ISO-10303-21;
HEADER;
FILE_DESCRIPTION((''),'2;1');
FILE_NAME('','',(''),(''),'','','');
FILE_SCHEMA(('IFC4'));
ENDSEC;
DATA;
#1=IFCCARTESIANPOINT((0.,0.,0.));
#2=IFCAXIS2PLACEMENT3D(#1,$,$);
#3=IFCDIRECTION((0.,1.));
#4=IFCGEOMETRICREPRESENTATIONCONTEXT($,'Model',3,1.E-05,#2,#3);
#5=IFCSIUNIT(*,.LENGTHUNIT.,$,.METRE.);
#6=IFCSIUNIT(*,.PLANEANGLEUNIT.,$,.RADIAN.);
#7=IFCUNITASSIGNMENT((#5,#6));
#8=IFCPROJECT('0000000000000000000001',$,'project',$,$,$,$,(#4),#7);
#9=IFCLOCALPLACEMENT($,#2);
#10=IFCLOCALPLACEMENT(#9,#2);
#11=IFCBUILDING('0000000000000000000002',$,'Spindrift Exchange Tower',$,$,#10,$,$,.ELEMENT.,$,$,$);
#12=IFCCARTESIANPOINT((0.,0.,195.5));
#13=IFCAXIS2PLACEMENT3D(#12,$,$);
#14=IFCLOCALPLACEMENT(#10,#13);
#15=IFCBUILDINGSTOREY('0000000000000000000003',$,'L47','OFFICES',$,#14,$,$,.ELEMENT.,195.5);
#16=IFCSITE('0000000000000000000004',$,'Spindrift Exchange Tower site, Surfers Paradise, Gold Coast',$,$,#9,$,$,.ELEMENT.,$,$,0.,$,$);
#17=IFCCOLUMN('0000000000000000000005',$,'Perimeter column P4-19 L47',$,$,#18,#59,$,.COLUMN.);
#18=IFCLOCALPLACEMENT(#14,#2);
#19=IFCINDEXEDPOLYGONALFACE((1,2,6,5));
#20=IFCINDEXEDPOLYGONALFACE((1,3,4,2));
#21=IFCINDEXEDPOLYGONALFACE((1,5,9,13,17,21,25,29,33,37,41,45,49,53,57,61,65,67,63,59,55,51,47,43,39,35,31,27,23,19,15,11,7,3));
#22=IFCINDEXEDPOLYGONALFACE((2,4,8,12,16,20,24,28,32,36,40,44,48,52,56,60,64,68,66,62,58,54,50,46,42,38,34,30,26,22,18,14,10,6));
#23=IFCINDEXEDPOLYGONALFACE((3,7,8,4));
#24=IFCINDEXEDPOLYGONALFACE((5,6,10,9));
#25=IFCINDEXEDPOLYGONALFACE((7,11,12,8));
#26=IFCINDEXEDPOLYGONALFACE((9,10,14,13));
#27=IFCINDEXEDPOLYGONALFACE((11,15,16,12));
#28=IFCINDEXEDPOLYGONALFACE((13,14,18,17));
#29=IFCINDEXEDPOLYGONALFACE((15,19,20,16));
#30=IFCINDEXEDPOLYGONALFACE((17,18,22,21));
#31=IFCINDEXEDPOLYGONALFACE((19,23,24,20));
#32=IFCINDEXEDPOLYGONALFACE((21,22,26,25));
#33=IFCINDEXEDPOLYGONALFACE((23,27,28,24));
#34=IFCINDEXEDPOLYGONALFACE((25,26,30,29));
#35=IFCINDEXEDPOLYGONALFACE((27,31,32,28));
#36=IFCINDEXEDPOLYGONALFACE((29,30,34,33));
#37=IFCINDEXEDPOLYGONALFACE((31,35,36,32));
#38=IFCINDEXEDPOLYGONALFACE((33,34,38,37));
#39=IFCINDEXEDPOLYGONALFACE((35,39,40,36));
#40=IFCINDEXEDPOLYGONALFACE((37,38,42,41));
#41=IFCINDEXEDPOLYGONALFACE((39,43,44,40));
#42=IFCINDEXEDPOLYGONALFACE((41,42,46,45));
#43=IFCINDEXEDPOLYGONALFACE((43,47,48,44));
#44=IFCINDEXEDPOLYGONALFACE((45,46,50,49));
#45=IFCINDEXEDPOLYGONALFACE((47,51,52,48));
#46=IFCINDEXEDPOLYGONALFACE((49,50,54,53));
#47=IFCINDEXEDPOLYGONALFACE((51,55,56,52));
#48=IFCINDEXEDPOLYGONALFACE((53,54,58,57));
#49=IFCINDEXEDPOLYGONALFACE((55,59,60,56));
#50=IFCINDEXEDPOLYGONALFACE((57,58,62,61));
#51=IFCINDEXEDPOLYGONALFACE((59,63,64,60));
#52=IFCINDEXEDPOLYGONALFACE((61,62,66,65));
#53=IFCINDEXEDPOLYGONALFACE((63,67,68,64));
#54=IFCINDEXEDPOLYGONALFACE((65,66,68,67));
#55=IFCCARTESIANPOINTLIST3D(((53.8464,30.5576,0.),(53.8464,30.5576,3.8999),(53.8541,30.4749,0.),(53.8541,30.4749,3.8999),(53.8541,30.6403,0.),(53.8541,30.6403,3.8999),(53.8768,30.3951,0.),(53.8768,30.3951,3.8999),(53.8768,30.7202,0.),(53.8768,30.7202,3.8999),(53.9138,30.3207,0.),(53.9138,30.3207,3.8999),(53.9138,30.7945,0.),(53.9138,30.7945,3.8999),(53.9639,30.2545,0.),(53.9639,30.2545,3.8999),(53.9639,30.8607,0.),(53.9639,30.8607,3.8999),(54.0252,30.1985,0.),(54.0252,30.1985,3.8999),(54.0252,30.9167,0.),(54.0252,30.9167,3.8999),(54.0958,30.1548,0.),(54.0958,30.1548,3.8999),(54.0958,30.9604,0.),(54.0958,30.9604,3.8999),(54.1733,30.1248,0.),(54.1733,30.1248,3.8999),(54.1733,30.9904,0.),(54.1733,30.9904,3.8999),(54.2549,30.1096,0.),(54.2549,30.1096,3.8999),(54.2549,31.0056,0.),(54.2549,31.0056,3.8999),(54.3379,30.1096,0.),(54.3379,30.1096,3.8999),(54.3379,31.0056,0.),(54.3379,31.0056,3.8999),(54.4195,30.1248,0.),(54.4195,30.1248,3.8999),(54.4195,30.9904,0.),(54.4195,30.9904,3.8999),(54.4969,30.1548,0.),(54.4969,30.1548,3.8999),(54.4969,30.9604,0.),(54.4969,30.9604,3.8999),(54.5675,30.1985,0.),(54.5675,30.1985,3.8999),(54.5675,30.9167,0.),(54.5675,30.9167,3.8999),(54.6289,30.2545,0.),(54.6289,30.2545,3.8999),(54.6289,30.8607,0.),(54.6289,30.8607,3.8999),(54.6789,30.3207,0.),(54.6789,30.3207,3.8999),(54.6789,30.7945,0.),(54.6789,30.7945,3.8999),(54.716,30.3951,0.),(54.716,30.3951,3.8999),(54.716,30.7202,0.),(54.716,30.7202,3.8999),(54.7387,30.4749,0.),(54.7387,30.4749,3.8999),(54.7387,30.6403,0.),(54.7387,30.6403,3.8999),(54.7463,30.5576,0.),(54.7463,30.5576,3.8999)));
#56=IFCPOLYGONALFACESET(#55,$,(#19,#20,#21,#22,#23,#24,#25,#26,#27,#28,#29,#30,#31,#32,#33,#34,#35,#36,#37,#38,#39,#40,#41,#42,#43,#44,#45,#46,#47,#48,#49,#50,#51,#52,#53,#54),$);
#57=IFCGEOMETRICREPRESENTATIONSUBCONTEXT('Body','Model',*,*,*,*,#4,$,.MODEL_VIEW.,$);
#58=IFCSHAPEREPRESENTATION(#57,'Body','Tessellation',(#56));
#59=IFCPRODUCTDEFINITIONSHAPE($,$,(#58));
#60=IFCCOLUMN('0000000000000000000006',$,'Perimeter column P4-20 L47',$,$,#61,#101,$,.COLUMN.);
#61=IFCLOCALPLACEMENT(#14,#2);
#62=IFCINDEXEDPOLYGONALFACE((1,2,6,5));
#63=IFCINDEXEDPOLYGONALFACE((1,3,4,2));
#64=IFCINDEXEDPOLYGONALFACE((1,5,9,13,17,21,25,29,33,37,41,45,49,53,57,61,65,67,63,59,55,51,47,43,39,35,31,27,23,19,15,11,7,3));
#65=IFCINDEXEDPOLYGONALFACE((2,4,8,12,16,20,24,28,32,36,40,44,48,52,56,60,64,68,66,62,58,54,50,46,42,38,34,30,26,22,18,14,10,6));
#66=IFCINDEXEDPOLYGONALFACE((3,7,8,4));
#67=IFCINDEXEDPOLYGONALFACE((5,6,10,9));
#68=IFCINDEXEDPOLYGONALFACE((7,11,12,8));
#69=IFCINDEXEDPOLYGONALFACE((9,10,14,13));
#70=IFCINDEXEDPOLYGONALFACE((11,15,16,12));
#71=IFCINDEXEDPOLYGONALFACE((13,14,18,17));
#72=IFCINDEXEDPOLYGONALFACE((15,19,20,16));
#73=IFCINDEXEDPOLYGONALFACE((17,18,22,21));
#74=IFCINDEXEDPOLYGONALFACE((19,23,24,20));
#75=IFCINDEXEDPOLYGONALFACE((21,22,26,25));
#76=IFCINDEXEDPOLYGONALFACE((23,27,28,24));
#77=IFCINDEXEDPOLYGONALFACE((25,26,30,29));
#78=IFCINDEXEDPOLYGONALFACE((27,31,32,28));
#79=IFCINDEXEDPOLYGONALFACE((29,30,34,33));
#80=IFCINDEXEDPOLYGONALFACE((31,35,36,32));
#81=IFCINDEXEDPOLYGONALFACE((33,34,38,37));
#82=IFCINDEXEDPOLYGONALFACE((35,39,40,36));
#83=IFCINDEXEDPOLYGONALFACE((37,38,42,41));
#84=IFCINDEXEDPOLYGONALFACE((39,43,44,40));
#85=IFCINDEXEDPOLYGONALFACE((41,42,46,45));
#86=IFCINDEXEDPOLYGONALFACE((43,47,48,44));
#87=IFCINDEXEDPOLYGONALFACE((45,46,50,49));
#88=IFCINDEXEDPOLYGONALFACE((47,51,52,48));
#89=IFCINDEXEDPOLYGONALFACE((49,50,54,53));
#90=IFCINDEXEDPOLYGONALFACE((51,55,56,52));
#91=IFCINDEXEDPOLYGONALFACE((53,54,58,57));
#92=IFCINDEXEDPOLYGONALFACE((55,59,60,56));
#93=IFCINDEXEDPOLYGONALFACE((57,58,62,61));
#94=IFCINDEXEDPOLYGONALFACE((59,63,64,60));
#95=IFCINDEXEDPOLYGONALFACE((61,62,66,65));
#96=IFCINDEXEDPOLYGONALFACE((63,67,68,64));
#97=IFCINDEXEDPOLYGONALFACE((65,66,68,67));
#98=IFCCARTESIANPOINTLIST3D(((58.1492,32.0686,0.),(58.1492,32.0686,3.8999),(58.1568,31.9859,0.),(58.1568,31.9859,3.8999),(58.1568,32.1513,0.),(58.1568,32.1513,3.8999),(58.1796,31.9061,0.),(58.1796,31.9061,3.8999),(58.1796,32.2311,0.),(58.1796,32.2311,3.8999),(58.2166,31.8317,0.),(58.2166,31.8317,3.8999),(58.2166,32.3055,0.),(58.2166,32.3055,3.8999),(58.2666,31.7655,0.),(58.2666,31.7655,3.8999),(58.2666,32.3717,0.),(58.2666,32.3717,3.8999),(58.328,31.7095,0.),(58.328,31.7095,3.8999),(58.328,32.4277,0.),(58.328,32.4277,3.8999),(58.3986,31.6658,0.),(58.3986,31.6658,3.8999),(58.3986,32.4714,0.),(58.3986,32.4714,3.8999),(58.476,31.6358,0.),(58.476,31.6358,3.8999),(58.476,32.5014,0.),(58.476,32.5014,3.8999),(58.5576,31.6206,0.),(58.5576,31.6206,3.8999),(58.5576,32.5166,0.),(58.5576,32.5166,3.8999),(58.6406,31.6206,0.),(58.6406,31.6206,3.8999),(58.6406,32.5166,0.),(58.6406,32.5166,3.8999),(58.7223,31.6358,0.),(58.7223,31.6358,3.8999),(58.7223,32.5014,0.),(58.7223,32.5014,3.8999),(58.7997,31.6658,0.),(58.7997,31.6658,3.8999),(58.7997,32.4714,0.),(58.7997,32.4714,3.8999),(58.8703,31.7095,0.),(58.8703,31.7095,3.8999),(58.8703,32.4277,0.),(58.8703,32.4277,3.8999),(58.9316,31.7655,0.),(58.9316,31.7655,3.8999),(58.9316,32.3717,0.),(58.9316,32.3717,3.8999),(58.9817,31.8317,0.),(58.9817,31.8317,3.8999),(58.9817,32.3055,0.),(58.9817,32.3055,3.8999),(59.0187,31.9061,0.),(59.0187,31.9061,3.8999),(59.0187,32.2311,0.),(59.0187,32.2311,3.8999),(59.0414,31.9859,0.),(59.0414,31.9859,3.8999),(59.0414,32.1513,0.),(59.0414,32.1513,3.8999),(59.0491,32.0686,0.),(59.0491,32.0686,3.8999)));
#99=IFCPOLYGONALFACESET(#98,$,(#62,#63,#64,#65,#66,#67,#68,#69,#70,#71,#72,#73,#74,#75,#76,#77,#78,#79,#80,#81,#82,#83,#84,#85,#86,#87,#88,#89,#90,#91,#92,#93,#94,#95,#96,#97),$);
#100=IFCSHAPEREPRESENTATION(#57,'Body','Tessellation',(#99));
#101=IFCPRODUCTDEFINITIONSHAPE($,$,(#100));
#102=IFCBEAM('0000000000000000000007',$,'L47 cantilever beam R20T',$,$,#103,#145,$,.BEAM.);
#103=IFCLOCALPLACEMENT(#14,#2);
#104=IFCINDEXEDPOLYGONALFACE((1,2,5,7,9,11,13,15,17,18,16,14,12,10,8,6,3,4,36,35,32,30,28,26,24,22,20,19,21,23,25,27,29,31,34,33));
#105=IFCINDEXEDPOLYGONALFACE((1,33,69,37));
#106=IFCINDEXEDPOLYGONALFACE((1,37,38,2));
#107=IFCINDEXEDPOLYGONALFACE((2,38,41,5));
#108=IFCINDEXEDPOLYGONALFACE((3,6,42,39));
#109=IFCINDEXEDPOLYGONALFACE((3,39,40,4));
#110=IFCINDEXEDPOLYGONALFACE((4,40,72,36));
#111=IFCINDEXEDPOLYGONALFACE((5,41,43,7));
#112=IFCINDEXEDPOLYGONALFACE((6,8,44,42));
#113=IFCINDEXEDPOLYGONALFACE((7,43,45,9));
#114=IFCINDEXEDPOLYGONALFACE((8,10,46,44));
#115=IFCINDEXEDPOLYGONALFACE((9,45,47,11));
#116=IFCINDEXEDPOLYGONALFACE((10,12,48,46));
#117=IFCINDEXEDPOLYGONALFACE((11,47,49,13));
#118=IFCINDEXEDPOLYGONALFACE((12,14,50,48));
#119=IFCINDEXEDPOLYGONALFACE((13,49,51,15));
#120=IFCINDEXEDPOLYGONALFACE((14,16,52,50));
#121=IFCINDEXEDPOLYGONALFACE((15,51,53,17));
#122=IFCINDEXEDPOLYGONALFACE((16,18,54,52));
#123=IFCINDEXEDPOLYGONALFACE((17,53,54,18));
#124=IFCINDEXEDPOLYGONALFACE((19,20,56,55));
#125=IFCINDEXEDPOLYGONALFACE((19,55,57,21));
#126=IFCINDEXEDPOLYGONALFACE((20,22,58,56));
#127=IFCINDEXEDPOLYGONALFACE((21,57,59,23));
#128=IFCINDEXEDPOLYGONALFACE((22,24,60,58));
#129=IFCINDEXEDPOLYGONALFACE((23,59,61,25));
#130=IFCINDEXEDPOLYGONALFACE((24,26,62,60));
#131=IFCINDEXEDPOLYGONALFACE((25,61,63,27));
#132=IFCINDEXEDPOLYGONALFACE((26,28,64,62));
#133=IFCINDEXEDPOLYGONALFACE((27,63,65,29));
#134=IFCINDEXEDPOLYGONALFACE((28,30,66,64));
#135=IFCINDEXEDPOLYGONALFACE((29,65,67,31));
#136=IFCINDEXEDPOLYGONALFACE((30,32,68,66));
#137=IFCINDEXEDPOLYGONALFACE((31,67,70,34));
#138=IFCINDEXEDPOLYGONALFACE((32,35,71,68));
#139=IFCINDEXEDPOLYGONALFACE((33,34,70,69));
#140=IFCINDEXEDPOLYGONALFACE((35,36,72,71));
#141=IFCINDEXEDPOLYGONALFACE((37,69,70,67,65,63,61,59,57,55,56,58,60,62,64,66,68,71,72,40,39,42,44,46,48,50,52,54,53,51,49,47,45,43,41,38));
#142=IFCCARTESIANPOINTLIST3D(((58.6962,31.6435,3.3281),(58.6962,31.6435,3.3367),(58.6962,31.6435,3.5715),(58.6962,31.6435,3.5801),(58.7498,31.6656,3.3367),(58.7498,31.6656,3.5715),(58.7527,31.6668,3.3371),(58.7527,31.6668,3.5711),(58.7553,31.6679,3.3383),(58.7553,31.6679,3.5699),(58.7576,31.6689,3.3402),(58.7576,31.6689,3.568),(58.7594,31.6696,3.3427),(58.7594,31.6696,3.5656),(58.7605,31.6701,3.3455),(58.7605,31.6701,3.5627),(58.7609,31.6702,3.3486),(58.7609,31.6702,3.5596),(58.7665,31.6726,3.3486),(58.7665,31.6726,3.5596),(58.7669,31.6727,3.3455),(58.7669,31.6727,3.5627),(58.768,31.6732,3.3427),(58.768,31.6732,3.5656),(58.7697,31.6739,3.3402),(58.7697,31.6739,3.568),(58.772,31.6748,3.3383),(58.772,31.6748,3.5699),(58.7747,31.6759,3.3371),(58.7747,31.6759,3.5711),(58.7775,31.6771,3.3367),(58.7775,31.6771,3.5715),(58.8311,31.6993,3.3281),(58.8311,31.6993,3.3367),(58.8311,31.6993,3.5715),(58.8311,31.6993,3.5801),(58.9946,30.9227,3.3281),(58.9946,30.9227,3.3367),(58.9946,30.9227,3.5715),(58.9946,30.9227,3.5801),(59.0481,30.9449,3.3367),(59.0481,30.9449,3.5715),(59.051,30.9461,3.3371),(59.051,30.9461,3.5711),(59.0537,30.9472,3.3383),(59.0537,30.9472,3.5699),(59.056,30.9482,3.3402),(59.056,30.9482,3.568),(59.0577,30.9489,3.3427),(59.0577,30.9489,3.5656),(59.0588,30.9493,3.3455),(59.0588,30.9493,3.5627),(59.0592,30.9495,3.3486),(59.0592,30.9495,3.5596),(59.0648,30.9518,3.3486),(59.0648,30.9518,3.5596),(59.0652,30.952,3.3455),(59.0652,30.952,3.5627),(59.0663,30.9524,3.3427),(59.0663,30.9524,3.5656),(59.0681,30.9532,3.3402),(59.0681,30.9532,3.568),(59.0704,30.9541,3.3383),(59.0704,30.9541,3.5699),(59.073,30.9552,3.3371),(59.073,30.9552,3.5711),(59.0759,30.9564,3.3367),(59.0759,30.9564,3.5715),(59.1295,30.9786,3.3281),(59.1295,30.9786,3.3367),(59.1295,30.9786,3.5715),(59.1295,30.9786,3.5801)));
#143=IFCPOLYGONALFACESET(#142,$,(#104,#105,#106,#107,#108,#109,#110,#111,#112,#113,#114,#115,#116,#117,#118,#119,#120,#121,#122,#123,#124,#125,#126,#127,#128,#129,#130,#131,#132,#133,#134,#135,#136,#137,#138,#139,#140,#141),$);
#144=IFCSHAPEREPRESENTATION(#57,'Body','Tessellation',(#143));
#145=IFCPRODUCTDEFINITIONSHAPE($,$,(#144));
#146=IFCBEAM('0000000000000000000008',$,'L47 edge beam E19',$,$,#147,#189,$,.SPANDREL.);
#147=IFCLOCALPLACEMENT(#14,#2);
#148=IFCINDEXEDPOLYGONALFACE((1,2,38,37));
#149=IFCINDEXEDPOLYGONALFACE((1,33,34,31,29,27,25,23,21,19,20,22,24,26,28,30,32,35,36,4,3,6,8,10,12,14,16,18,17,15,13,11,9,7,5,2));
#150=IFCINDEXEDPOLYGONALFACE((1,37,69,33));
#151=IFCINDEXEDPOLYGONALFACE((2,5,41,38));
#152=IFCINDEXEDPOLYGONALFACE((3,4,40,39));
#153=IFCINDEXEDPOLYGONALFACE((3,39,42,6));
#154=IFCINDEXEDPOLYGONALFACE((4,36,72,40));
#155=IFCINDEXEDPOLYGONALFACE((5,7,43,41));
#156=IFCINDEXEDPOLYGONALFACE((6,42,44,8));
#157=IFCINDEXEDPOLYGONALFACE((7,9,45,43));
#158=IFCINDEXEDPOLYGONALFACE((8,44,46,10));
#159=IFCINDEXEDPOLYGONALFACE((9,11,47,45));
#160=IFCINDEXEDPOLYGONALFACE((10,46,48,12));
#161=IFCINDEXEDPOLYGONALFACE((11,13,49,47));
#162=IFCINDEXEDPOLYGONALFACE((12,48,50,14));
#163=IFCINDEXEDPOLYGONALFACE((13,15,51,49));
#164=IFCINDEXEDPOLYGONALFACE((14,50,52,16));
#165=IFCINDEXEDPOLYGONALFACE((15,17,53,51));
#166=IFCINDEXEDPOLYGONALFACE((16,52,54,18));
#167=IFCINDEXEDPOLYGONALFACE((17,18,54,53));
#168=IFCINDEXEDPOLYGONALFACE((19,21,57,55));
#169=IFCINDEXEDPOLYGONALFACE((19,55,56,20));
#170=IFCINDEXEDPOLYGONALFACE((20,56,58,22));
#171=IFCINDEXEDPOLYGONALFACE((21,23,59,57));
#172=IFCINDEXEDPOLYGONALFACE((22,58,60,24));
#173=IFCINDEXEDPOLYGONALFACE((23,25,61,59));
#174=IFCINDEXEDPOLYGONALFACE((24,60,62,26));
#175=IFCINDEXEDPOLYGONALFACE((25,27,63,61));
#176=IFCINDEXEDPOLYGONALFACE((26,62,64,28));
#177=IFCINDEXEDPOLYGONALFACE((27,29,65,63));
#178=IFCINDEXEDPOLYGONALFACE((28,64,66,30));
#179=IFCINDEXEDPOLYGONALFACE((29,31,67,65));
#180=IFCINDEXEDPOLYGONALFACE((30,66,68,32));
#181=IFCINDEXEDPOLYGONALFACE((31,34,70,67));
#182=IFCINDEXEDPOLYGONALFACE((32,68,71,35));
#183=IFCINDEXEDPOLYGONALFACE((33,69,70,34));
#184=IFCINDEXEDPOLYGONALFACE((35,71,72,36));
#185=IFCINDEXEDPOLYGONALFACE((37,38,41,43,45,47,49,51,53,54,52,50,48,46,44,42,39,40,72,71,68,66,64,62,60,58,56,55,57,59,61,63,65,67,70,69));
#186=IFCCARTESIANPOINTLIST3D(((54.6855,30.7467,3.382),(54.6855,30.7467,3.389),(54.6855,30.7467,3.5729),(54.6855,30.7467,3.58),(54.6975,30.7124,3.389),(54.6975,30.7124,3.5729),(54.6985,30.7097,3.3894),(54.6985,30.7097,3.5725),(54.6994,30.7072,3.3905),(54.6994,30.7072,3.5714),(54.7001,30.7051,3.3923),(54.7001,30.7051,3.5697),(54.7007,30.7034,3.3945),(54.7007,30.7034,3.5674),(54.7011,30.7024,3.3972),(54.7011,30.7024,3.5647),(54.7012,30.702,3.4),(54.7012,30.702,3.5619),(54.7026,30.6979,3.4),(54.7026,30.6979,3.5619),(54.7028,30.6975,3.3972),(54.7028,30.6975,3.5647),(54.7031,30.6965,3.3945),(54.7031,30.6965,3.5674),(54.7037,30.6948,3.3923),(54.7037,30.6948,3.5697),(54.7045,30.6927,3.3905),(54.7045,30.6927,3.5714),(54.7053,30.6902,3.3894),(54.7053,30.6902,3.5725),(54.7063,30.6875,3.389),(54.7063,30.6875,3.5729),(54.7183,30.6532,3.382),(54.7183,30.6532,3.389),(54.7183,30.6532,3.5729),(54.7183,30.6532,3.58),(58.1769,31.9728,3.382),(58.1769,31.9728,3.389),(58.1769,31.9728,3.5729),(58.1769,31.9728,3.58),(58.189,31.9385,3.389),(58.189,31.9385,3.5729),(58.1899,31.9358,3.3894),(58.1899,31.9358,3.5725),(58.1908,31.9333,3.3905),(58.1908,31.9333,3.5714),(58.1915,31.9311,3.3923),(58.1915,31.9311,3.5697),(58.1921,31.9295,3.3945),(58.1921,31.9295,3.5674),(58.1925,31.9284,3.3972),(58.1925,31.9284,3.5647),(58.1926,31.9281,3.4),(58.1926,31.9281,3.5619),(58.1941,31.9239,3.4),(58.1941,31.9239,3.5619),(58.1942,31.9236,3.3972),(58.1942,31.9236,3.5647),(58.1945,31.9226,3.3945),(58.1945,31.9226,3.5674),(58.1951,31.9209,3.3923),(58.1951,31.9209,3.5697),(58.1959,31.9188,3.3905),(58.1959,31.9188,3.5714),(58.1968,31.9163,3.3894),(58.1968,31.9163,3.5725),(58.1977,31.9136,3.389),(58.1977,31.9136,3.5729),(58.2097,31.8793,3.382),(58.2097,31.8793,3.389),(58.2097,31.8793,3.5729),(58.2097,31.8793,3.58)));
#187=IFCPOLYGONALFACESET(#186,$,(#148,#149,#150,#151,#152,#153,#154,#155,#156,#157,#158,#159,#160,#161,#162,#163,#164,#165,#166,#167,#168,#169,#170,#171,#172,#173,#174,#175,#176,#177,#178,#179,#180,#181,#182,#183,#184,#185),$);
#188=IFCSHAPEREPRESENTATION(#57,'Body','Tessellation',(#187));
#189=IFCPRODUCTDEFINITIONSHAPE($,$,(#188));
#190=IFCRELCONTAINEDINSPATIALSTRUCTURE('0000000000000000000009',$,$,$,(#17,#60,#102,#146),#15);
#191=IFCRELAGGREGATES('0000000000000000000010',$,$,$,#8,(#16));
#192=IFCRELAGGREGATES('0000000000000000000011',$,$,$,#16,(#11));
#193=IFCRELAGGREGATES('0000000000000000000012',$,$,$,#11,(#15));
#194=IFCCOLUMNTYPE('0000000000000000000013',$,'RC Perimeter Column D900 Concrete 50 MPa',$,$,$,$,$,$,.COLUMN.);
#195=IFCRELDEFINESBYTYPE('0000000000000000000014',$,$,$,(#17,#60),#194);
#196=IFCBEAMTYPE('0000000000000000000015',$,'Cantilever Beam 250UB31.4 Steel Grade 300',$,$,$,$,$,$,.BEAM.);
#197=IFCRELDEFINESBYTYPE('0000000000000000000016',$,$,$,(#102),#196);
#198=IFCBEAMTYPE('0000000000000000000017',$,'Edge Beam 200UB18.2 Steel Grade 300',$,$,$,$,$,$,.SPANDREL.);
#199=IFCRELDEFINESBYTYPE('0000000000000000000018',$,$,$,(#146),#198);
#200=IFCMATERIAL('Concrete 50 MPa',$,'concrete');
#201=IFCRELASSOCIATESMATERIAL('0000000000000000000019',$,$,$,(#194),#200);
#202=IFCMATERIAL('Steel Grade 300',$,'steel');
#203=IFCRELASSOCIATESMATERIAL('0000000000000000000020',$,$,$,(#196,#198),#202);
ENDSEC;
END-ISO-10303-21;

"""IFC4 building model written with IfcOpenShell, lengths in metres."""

from ifc_helpers import new_model, si_unit, direction, frame, origin, origin_2d, place, context, subcontext, project, spatial, circle, i_section, extrude, source, transform, mapped, material, material_profile, profile_set, type_object, element, save


model = new_model("IFC4")

# Units and contexts
model_context = context("Model", 3, precision=1e-05, world=origin(), true_north=direction((0.0, 1.0)))
body_context = subcontext(model_context, "Body", "Model", "MODEL_VIEW")
ifc_project = project(units=[si_unit("LENGTHUNIT", "METRE"), si_unit("PLANEANGLEUNIT", "RADIAN")], contexts=[model_context])

# Site, building, storey
site_placement = place(None, origin())
site = spatial("IfcSite", under=ifc_project, at=site_placement, Name="Spindrift Exchange Tower site, Surfers Paradise, Gold Coast", CompositionType="ELEMENT", RefElevation=0.0)
building_placement = place(site_placement, origin())
building = spatial("IfcBuilding", under=site, at=building_placement, Name="Spindrift Exchange Tower", CompositionType="ELEMENT")
storey_placement = place(building_placement, frame((0.0, 0.0, 195.5)))
storey = spatial("IfcBuildingStorey", under=building, at=storey_placement, Name="L47", Description="OFFICES", CompositionType="ELEMENT", Elevation=195.5)

# Columns
ifc_material_1 = material(Name="Concrete 50 MPa", Category="concrete")
ifc_material_profile_1 = material_profile(ifc_material_1, circle(Radius=0.45, at=origin_2d()), Name="RC D900")
ifc_profile_set_1 = profile_set([ifc_material_profile_1], Name="Concrete 50 MPa")
column_type = type_object("IfcColumnType", Name="RC Perimeter Column D900 Concrete 50 MPa", PredefinedType="COLUMN", material=ifc_profile_set_1)
shared_shape_1 = source(origin(), body_context, "Body", "SweptSolid", [
    extrude(circle(Radius=0.45, at=origin_2d()), origin(), (0.0, 0.0, 1.0), 3.8999),
])
for number, where, z_axis, x_axis, name in (
    (1, (54.2964, 30.5576, 0.0), (0.0, 0.0, 1.0), (1.0, 0.0, 0.0), "Perimeter column P4-19 L47"),
    (2, (58.5991, 32.0686, 0.0), (0.0, 0.0, 1.0), (1.0, 0.0, 0.0), "Perimeter column P4-20 L47"),
):
    element("IfcColumn", number, at=place(storey_placement, frame(where, z_axis=z_axis, x_axis=x_axis)), inside=storey, type_object=column_type, Name=name, PredefinedType="COLUMN", context=body_context, shape_type="MappedRepresentation", body=[
        mapped(shared_shape_1, transform((0.0, 0.0, 0.0), scale=1.0)),
    ])

# Beams
ifc_material_2 = material(Name="Steel Grade 300", Category="steel")
ifc_material_profile_2 = material_profile(ifc_material_2, i_section(OverallWidth=0.146, OverallDepth=0.252, WebThickness=0.0061, FlangeThickness=0.0085, FilletRadius=0.012, at=origin_2d()), Name="250UB31.4")
ifc_profile_set_2 = profile_set([ifc_material_profile_2], Name="Steel Grade 300")
beam_type_1 = type_object("IfcBeamType", Name="Cantilever Beam 250UB31.4 Steel Grade 300", PredefinedType="BEAM", material=ifc_profile_set_2)
shared_shape_2 = source(origin(), body_context, "Body", "SweptSolid", [
    extrude(i_section(OverallWidth=0.146, OverallDepth=0.252, WebThickness=0.0061, FlangeThickness=0.0085, FilletRadius=0.012, at=origin_2d()), origin(), (0.0, 0.0, 1.0), 0.78),
])
beam_1_placement = place(storey_placement, frame((58.7637, 31.6714, 3.4541), z_axis=(0.382481, -0.923963, 0.0), x_axis=(0.923963, 0.382481, 0.0)))
element("IfcBeam", 3, at=beam_1_placement, inside=storey, type_object=beam_type_1, Name="L47 cantilever beam R20T", PredefinedType="BEAM", context=body_context, shape_type="MappedRepresentation", body=[
    mapped(shared_shape_2, transform((0.0, 0.0, 0.0), scale=1.0)),
])
ifc_material_profile_3 = material_profile(ifc_material_2, i_section(OverallWidth=0.0991, OverallDepth=0.198, WebThickness=0.0044, FlangeThickness=0.0071, FilletRadius=0.011, at=origin_2d()), Name="200UB18.2")
ifc_profile_set_3 = profile_set([ifc_material_profile_3], Name="Steel Grade 300")
beam_type_2 = type_object("IfcBeamType", Name="Edge Beam 200UB18.2 Steel Grade 300", PredefinedType="SPANDREL", material=ifc_profile_set_3)
shared_shape_3 = source(origin(), body_context, "Body", "SweptSolid", [
    extrude(i_section(OverallWidth=0.0991, OverallDepth=0.198, WebThickness=0.0044, FlangeThickness=0.0071, FilletRadius=0.011, at=origin_2d()), origin(), (0.0, 0.0, 1.0), 3.7004),
])
beam_2_placement = place(storey_placement, frame((54.7019, 30.7, 3.481), z_axis=(0.943515, 0.331329, 0.0), x_axis=(-0.331329, 0.943515, 0.0)))
element("IfcBeam", 4, at=beam_2_placement, inside=storey, type_object=beam_type_2, Name="L47 edge beam E19", PredefinedType="SPANDREL", context=body_context, shape_type="MappedRepresentation", body=[
    mapped(shared_shape_3, transform((0.0, 0.0, 0.0), scale=1.0)),
])

save(model, "model.ifc")
